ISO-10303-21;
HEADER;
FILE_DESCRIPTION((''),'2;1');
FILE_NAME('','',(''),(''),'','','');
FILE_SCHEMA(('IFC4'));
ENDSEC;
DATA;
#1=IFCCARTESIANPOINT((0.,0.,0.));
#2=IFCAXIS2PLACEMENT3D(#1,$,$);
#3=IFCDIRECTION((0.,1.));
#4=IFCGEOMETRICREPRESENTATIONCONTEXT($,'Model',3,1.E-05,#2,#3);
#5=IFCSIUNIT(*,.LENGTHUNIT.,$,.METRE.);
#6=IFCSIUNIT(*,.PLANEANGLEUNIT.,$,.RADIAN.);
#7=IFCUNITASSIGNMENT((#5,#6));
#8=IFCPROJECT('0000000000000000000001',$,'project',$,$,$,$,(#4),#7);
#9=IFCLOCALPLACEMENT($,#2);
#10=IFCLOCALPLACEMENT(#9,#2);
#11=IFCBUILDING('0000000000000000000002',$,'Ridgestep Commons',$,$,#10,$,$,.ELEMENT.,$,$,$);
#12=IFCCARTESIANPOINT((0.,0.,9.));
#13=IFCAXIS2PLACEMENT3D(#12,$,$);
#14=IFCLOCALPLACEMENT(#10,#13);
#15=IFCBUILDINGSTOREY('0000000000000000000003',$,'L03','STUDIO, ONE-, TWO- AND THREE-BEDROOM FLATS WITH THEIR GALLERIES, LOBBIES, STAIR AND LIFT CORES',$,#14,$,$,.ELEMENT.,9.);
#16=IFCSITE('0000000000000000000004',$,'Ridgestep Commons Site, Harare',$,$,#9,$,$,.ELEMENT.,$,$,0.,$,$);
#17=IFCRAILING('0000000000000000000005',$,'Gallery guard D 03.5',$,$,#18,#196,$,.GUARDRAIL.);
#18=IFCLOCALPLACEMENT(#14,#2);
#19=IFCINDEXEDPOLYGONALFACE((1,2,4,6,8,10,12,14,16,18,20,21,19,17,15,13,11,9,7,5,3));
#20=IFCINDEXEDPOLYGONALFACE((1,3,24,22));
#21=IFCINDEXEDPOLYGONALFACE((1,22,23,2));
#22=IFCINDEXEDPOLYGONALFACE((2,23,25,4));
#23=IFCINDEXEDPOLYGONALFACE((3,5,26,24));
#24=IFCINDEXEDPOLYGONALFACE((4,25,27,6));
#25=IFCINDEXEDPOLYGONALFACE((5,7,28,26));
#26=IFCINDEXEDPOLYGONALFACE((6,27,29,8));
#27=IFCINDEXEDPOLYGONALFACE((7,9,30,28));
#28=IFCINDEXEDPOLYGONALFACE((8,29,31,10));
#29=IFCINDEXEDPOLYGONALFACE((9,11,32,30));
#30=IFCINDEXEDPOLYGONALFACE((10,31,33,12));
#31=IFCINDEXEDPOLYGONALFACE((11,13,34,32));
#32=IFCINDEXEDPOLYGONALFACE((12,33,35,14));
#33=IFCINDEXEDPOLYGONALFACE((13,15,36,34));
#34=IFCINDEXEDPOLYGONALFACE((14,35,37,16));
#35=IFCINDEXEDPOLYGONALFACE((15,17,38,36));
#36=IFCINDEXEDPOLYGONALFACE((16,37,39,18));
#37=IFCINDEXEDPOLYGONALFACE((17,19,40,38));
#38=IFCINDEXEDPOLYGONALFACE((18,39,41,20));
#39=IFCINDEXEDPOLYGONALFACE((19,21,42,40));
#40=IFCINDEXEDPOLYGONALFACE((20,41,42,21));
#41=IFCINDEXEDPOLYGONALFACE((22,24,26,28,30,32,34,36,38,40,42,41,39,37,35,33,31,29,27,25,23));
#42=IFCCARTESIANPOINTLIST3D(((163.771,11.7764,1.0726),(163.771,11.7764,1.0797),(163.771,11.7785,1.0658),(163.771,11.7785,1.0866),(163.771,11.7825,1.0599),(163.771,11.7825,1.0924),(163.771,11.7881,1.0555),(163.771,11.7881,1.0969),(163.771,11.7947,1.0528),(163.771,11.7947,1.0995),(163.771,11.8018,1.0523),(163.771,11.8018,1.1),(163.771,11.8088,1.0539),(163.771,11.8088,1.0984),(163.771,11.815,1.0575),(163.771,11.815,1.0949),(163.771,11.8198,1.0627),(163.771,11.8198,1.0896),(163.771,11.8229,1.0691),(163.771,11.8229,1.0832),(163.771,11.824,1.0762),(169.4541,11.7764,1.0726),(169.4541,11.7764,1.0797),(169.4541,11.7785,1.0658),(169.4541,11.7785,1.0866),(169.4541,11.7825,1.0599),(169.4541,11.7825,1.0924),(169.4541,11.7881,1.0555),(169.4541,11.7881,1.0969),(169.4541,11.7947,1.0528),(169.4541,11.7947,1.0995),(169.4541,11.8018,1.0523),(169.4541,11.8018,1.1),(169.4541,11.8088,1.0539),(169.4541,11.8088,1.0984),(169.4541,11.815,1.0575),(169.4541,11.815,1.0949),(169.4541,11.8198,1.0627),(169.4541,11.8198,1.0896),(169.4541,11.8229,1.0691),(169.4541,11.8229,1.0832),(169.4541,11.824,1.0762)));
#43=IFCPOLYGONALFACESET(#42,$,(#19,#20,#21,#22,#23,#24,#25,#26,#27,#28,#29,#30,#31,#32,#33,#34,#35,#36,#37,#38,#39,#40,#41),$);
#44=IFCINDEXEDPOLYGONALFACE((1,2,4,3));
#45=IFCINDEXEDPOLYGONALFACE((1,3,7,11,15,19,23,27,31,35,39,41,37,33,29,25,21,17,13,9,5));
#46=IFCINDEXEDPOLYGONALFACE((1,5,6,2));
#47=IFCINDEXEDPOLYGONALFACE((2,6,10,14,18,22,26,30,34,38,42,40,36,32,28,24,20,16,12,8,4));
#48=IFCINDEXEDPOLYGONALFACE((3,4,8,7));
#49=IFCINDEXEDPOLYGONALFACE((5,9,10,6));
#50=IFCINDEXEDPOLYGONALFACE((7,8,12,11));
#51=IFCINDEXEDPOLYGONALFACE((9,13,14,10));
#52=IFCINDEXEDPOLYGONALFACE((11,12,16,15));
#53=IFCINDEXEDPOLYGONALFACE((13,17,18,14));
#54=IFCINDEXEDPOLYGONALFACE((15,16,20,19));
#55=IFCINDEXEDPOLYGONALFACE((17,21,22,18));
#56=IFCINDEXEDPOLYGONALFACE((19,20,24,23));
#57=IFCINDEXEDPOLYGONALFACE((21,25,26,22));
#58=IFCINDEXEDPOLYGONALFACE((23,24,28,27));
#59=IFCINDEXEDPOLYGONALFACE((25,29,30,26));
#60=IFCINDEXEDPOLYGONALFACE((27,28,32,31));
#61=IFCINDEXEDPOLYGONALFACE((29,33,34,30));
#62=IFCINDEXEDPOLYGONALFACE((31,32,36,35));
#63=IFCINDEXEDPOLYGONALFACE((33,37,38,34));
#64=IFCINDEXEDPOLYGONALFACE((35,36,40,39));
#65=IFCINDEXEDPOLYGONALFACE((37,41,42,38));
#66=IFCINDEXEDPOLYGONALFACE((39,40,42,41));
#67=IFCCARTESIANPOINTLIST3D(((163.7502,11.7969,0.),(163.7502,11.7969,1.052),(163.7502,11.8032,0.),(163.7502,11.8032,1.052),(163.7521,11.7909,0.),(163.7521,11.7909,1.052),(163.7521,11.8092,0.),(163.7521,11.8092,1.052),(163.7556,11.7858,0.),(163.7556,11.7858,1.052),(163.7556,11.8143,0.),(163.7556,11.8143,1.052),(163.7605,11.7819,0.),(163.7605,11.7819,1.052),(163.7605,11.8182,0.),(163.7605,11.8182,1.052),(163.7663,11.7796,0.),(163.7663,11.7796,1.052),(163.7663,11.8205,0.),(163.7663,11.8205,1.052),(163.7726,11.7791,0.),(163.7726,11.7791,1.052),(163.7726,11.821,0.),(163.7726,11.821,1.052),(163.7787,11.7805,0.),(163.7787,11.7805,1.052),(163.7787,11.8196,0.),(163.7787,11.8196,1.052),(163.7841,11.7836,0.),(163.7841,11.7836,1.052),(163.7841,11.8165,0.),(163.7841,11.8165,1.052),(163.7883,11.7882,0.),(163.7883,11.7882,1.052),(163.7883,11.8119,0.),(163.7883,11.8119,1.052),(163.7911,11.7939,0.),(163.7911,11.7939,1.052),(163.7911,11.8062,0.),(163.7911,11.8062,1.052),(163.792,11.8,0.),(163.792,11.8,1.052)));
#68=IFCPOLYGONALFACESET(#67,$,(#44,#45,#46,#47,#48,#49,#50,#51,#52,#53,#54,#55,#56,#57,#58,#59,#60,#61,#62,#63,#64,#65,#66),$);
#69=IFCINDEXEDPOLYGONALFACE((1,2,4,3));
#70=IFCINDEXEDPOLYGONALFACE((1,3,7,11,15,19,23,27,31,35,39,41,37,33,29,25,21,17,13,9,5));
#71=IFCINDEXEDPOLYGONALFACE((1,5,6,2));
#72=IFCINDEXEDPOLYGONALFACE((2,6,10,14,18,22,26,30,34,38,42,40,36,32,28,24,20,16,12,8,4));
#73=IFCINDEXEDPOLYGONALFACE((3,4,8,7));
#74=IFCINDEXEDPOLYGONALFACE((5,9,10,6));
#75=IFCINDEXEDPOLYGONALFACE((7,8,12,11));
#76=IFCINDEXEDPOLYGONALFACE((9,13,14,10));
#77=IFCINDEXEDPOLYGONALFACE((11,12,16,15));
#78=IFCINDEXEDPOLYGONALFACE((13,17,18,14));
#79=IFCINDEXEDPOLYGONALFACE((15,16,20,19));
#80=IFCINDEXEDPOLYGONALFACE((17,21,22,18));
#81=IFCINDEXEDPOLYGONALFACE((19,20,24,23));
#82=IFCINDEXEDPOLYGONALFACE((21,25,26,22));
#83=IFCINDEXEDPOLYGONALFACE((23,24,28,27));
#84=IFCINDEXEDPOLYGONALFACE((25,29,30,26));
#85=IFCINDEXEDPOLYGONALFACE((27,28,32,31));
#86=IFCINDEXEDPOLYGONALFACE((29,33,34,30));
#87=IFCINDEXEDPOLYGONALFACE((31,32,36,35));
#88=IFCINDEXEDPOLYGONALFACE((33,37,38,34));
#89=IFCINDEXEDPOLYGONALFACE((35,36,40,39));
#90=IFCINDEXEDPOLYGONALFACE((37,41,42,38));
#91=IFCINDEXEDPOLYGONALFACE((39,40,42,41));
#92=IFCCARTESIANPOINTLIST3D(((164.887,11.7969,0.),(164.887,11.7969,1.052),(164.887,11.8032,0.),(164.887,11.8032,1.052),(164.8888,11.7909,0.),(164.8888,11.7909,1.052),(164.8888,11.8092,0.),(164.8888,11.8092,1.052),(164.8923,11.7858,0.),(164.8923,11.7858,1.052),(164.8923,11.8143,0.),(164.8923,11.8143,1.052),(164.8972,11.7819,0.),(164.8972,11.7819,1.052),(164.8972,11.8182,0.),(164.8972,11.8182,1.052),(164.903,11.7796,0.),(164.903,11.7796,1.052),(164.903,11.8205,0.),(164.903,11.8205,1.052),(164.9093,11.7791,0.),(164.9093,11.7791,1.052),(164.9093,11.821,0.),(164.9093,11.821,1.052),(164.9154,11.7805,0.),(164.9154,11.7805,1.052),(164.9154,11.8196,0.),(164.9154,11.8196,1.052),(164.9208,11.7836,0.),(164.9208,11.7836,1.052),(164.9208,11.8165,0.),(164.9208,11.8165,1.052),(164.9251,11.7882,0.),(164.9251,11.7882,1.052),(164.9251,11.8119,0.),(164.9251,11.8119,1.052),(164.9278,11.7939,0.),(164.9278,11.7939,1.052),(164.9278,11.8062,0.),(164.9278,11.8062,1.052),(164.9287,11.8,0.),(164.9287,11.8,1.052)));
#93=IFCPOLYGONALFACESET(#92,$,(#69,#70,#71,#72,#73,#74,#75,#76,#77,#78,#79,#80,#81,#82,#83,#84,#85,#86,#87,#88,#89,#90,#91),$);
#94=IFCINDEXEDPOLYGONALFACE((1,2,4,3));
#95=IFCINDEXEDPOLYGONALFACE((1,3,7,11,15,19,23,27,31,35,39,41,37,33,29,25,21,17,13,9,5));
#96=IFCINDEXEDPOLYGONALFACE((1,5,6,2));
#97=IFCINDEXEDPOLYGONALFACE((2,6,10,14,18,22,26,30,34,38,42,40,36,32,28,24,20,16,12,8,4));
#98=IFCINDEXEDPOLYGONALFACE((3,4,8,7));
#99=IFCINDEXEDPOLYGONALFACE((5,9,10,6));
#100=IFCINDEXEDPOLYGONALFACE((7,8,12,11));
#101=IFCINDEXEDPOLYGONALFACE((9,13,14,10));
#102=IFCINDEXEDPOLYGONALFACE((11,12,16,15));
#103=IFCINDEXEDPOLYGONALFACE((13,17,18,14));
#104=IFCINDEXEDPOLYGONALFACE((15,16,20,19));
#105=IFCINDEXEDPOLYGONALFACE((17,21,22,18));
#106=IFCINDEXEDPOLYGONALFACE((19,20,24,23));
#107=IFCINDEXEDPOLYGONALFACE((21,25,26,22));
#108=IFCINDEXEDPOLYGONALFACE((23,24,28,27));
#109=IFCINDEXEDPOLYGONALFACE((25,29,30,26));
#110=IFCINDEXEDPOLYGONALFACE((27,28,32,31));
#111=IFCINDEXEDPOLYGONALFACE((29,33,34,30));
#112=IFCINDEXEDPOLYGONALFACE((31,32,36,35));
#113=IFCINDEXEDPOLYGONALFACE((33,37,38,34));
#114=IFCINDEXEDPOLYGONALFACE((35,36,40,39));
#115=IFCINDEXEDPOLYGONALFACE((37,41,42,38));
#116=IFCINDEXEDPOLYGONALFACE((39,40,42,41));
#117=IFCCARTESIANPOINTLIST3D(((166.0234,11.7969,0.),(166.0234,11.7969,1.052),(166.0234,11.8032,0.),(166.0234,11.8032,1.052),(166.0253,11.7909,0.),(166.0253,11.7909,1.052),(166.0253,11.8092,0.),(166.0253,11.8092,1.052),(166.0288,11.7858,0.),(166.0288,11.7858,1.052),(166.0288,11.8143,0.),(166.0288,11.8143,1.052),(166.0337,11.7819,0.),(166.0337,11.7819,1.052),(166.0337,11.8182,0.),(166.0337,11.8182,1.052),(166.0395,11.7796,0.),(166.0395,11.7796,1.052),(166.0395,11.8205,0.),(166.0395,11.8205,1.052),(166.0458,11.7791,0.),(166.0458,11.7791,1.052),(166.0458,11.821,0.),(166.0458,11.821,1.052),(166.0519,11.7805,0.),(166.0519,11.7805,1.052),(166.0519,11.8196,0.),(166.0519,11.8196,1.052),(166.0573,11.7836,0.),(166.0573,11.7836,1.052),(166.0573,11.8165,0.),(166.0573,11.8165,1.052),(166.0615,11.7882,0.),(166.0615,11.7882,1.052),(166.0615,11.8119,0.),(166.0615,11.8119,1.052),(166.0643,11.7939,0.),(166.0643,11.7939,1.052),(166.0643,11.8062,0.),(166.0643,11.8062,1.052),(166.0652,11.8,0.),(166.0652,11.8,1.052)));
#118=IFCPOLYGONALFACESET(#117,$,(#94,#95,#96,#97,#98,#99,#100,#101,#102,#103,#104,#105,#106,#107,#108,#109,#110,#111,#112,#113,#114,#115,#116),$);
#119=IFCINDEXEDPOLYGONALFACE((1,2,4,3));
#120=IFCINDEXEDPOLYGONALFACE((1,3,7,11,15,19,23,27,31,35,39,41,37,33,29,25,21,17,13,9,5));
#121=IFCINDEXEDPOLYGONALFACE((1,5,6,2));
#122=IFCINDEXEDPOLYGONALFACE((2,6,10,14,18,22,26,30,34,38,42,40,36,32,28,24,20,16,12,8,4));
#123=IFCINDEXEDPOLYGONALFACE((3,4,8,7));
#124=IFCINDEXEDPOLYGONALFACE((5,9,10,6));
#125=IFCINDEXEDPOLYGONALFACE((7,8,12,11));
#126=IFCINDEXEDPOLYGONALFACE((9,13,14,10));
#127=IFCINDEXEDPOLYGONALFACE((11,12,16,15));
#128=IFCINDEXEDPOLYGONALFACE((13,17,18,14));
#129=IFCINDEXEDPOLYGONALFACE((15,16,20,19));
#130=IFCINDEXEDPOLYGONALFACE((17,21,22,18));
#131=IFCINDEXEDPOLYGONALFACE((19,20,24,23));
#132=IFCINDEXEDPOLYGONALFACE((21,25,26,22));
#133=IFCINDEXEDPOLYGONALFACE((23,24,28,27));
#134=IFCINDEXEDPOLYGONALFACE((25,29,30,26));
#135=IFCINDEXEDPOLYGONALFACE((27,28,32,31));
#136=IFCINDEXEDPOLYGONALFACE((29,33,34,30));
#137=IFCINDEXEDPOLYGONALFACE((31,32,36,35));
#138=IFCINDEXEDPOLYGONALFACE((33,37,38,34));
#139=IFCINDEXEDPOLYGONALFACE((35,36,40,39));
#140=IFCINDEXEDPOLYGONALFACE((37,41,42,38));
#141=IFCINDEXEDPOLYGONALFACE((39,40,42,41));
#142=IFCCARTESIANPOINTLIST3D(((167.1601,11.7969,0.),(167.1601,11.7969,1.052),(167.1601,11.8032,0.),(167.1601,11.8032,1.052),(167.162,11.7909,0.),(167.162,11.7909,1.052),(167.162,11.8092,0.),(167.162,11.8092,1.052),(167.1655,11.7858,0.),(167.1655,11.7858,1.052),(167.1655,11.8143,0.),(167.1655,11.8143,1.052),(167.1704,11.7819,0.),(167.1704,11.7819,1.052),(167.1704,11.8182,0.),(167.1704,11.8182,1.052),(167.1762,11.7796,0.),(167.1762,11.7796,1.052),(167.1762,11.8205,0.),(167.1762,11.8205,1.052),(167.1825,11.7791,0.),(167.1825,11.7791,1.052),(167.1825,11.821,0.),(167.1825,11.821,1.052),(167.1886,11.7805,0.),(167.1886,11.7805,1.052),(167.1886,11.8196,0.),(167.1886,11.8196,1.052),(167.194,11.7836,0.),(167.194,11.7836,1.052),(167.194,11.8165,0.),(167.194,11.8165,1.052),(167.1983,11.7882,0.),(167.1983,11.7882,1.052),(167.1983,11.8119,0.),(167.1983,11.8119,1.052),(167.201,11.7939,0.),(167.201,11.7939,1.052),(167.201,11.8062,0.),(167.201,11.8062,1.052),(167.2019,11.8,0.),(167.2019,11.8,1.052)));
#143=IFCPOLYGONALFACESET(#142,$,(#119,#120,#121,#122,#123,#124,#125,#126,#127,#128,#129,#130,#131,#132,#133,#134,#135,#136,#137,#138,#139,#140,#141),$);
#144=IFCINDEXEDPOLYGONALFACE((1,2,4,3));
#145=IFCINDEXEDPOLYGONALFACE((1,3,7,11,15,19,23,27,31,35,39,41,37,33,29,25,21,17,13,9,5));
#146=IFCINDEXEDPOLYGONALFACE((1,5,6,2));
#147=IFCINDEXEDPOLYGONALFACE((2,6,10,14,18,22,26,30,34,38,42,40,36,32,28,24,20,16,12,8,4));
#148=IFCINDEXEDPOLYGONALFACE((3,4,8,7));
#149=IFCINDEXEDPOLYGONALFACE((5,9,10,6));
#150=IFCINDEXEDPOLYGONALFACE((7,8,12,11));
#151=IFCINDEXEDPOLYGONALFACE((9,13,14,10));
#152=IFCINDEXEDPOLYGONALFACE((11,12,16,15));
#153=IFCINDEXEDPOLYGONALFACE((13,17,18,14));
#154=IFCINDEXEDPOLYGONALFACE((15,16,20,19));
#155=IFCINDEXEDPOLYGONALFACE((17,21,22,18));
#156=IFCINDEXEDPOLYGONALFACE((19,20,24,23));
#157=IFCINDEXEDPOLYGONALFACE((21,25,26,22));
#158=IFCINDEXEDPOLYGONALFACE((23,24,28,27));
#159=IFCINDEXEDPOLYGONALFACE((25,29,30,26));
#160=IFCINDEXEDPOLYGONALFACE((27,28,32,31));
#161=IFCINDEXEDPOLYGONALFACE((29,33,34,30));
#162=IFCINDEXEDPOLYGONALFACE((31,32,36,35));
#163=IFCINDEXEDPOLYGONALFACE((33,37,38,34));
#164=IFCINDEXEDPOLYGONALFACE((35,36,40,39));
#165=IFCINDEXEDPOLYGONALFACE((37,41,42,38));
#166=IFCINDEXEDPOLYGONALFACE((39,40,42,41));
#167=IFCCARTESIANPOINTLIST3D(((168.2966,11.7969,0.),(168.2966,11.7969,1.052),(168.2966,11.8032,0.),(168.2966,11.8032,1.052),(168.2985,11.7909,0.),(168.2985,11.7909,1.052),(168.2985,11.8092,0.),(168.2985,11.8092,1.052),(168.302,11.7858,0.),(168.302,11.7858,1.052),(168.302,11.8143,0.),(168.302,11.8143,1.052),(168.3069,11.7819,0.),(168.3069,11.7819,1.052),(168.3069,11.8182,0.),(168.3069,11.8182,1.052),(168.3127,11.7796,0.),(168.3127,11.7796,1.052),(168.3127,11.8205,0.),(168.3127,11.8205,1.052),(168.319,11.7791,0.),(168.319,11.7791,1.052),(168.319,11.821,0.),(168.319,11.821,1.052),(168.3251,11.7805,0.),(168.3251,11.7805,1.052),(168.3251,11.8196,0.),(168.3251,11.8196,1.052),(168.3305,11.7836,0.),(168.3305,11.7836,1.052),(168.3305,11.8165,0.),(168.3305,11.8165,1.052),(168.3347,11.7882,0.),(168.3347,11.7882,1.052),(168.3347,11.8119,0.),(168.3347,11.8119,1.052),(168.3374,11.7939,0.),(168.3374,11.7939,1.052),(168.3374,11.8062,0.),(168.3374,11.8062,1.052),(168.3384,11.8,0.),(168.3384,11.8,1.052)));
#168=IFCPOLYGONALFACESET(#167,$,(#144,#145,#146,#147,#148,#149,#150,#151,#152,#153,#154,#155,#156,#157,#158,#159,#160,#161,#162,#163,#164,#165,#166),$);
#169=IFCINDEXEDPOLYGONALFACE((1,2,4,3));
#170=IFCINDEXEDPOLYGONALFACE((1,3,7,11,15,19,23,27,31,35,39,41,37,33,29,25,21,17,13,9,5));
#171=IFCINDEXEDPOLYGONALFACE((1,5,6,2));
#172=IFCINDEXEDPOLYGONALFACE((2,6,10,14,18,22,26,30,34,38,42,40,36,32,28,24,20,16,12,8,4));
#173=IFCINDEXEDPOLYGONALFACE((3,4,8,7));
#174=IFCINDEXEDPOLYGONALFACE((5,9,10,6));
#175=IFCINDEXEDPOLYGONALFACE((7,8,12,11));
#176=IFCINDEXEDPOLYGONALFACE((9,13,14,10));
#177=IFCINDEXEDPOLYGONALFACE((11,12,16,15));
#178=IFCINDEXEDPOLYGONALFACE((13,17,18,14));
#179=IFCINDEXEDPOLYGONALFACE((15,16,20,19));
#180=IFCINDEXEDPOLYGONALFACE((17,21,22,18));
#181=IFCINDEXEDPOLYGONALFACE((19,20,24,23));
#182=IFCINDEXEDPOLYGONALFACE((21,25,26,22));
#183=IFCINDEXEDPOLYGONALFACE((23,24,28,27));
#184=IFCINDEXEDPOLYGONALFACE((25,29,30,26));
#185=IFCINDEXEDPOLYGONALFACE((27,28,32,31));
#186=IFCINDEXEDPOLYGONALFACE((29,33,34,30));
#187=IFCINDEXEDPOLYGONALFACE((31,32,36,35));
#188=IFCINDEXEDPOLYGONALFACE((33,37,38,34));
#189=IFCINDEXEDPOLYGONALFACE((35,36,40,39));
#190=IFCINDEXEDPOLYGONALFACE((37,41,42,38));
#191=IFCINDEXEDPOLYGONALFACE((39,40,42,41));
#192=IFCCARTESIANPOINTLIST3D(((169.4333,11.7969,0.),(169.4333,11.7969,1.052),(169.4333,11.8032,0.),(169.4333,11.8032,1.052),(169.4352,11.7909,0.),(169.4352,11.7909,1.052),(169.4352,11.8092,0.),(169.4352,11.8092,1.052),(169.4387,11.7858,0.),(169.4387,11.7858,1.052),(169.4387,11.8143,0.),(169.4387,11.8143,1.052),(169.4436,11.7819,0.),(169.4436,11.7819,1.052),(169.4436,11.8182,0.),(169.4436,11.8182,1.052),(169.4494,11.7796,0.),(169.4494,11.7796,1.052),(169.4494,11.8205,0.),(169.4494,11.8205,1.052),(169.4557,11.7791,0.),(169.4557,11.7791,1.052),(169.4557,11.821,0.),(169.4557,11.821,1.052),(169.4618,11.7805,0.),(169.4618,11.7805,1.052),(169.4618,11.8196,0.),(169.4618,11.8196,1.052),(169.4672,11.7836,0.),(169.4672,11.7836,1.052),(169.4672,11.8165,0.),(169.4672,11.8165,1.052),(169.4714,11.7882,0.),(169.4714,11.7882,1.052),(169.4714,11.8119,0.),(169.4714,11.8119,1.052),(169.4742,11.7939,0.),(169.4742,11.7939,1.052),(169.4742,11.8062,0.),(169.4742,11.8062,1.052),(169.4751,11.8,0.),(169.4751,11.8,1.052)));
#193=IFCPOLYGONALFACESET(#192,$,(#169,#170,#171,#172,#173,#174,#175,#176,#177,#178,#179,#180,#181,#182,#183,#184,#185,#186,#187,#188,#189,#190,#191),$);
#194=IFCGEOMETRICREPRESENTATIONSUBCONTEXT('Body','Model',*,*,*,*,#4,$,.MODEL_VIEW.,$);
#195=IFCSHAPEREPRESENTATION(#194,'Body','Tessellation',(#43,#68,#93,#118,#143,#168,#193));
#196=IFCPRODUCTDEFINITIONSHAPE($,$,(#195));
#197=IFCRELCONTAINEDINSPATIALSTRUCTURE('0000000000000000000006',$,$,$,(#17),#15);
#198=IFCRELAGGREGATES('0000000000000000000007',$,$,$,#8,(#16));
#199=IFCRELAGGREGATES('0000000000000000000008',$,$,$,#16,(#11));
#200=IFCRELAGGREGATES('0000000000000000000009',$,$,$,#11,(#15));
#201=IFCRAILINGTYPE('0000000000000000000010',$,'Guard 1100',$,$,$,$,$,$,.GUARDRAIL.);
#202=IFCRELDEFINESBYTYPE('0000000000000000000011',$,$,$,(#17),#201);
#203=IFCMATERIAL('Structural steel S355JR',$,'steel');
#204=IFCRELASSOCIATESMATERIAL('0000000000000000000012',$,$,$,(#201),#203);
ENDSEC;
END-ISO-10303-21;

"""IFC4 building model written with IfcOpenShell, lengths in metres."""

from ifc_helpers import new_model, si_unit, direction, frame, origin, origin_2d, place, context, subcontext, project, spatial, circle, extrude, material, type_object, element, save


model = new_model("IFC4")

# Units and contexts
model_context = context("Model", 3, precision=1e-05, world=origin(), true_north=direction((0.0, 1.0)))
body_context = subcontext(model_context, "Body", "Model", "MODEL_VIEW")
ifc_project = project(units=[si_unit("LENGTHUNIT", "METRE"), si_unit("PLANEANGLEUNIT", "RADIAN")], contexts=[model_context])

# Site, building, storey
site_placement = place(None, origin())
site = spatial("IfcSite", under=ifc_project, at=site_placement, Name="Ridgestep Commons Site, Harare", CompositionType="ELEMENT", RefElevation=0.0)
building_placement = place(site_placement, origin())
building = spatial("IfcBuilding", under=site, at=building_placement, Name="Ridgestep Commons", CompositionType="ELEMENT")
storey_placement = place(building_placement, frame((0.0, 0.0, 9.0)))
storey = spatial("IfcBuildingStorey", under=building, at=storey_placement, Name="L03", Description="STUDIO, ONE-, TWO- AND THREE-BEDROOM FLATS WITH THEIR GALLERIES, LOBBIES, STAIR AND LIFT CORES", CompositionType="ELEMENT", Elevation=9.0)

# Railing
ifc_material_1 = material(Name="Structural steel S355JR", Category="steel")
railing_type = type_object("IfcRailingType", Name="Guard 1100", PredefinedType="GUARDRAIL", material=ifc_material_1)
railing_1_placement = place(storey_placement, frame((163.771, 11.8, 0.0)))
element("IfcRailing", 1, at=railing_1_placement, inside=storey, type_object=railing_type, Name="Gallery guard D 03.5", PredefinedType="GUARDRAIL", context=body_context, shape_type="SweptSolid", body=[
    extrude(circle(Radius=0.0239, at=origin_2d()), frame((0.0, 0.0, 1.0762), z_axis=(1.0, 0.0, 0.0), x_axis=(0.0, 1.0, 0.0)), (0.0, 0.0, 1.0), 5.6831),
    extrude(circle(Radius=0.021, at=origin_2d()), origin(), (0.0, 0.0, 1.0), 1.052),
    extrude(circle(Radius=0.021, at=origin_2d()), frame((1.1367, 0.0, 0.0)), (0.0, 0.0, 1.0), 1.052),
    extrude(circle(Radius=0.021, at=origin_2d()), frame((2.2732, 0.0, 0.0)), (0.0, 0.0, 1.0), 1.052),
    extrude(circle(Radius=0.021, at=origin_2d()), frame((3.4099, 0.0, 0.0)), (0.0, 0.0, 1.0), 1.052),
    extrude(circle(Radius=0.021, at=origin_2d()), frame((4.5464, 0.0, 0.0)), (0.0, 0.0, 1.0), 1.052),
    extrude(circle(Radius=0.021, at=origin_2d()), frame((5.6831, 0.0, 0.0)), (0.0, 0.0, 1.0), 1.052),
])

save(model, "model.ifc")
